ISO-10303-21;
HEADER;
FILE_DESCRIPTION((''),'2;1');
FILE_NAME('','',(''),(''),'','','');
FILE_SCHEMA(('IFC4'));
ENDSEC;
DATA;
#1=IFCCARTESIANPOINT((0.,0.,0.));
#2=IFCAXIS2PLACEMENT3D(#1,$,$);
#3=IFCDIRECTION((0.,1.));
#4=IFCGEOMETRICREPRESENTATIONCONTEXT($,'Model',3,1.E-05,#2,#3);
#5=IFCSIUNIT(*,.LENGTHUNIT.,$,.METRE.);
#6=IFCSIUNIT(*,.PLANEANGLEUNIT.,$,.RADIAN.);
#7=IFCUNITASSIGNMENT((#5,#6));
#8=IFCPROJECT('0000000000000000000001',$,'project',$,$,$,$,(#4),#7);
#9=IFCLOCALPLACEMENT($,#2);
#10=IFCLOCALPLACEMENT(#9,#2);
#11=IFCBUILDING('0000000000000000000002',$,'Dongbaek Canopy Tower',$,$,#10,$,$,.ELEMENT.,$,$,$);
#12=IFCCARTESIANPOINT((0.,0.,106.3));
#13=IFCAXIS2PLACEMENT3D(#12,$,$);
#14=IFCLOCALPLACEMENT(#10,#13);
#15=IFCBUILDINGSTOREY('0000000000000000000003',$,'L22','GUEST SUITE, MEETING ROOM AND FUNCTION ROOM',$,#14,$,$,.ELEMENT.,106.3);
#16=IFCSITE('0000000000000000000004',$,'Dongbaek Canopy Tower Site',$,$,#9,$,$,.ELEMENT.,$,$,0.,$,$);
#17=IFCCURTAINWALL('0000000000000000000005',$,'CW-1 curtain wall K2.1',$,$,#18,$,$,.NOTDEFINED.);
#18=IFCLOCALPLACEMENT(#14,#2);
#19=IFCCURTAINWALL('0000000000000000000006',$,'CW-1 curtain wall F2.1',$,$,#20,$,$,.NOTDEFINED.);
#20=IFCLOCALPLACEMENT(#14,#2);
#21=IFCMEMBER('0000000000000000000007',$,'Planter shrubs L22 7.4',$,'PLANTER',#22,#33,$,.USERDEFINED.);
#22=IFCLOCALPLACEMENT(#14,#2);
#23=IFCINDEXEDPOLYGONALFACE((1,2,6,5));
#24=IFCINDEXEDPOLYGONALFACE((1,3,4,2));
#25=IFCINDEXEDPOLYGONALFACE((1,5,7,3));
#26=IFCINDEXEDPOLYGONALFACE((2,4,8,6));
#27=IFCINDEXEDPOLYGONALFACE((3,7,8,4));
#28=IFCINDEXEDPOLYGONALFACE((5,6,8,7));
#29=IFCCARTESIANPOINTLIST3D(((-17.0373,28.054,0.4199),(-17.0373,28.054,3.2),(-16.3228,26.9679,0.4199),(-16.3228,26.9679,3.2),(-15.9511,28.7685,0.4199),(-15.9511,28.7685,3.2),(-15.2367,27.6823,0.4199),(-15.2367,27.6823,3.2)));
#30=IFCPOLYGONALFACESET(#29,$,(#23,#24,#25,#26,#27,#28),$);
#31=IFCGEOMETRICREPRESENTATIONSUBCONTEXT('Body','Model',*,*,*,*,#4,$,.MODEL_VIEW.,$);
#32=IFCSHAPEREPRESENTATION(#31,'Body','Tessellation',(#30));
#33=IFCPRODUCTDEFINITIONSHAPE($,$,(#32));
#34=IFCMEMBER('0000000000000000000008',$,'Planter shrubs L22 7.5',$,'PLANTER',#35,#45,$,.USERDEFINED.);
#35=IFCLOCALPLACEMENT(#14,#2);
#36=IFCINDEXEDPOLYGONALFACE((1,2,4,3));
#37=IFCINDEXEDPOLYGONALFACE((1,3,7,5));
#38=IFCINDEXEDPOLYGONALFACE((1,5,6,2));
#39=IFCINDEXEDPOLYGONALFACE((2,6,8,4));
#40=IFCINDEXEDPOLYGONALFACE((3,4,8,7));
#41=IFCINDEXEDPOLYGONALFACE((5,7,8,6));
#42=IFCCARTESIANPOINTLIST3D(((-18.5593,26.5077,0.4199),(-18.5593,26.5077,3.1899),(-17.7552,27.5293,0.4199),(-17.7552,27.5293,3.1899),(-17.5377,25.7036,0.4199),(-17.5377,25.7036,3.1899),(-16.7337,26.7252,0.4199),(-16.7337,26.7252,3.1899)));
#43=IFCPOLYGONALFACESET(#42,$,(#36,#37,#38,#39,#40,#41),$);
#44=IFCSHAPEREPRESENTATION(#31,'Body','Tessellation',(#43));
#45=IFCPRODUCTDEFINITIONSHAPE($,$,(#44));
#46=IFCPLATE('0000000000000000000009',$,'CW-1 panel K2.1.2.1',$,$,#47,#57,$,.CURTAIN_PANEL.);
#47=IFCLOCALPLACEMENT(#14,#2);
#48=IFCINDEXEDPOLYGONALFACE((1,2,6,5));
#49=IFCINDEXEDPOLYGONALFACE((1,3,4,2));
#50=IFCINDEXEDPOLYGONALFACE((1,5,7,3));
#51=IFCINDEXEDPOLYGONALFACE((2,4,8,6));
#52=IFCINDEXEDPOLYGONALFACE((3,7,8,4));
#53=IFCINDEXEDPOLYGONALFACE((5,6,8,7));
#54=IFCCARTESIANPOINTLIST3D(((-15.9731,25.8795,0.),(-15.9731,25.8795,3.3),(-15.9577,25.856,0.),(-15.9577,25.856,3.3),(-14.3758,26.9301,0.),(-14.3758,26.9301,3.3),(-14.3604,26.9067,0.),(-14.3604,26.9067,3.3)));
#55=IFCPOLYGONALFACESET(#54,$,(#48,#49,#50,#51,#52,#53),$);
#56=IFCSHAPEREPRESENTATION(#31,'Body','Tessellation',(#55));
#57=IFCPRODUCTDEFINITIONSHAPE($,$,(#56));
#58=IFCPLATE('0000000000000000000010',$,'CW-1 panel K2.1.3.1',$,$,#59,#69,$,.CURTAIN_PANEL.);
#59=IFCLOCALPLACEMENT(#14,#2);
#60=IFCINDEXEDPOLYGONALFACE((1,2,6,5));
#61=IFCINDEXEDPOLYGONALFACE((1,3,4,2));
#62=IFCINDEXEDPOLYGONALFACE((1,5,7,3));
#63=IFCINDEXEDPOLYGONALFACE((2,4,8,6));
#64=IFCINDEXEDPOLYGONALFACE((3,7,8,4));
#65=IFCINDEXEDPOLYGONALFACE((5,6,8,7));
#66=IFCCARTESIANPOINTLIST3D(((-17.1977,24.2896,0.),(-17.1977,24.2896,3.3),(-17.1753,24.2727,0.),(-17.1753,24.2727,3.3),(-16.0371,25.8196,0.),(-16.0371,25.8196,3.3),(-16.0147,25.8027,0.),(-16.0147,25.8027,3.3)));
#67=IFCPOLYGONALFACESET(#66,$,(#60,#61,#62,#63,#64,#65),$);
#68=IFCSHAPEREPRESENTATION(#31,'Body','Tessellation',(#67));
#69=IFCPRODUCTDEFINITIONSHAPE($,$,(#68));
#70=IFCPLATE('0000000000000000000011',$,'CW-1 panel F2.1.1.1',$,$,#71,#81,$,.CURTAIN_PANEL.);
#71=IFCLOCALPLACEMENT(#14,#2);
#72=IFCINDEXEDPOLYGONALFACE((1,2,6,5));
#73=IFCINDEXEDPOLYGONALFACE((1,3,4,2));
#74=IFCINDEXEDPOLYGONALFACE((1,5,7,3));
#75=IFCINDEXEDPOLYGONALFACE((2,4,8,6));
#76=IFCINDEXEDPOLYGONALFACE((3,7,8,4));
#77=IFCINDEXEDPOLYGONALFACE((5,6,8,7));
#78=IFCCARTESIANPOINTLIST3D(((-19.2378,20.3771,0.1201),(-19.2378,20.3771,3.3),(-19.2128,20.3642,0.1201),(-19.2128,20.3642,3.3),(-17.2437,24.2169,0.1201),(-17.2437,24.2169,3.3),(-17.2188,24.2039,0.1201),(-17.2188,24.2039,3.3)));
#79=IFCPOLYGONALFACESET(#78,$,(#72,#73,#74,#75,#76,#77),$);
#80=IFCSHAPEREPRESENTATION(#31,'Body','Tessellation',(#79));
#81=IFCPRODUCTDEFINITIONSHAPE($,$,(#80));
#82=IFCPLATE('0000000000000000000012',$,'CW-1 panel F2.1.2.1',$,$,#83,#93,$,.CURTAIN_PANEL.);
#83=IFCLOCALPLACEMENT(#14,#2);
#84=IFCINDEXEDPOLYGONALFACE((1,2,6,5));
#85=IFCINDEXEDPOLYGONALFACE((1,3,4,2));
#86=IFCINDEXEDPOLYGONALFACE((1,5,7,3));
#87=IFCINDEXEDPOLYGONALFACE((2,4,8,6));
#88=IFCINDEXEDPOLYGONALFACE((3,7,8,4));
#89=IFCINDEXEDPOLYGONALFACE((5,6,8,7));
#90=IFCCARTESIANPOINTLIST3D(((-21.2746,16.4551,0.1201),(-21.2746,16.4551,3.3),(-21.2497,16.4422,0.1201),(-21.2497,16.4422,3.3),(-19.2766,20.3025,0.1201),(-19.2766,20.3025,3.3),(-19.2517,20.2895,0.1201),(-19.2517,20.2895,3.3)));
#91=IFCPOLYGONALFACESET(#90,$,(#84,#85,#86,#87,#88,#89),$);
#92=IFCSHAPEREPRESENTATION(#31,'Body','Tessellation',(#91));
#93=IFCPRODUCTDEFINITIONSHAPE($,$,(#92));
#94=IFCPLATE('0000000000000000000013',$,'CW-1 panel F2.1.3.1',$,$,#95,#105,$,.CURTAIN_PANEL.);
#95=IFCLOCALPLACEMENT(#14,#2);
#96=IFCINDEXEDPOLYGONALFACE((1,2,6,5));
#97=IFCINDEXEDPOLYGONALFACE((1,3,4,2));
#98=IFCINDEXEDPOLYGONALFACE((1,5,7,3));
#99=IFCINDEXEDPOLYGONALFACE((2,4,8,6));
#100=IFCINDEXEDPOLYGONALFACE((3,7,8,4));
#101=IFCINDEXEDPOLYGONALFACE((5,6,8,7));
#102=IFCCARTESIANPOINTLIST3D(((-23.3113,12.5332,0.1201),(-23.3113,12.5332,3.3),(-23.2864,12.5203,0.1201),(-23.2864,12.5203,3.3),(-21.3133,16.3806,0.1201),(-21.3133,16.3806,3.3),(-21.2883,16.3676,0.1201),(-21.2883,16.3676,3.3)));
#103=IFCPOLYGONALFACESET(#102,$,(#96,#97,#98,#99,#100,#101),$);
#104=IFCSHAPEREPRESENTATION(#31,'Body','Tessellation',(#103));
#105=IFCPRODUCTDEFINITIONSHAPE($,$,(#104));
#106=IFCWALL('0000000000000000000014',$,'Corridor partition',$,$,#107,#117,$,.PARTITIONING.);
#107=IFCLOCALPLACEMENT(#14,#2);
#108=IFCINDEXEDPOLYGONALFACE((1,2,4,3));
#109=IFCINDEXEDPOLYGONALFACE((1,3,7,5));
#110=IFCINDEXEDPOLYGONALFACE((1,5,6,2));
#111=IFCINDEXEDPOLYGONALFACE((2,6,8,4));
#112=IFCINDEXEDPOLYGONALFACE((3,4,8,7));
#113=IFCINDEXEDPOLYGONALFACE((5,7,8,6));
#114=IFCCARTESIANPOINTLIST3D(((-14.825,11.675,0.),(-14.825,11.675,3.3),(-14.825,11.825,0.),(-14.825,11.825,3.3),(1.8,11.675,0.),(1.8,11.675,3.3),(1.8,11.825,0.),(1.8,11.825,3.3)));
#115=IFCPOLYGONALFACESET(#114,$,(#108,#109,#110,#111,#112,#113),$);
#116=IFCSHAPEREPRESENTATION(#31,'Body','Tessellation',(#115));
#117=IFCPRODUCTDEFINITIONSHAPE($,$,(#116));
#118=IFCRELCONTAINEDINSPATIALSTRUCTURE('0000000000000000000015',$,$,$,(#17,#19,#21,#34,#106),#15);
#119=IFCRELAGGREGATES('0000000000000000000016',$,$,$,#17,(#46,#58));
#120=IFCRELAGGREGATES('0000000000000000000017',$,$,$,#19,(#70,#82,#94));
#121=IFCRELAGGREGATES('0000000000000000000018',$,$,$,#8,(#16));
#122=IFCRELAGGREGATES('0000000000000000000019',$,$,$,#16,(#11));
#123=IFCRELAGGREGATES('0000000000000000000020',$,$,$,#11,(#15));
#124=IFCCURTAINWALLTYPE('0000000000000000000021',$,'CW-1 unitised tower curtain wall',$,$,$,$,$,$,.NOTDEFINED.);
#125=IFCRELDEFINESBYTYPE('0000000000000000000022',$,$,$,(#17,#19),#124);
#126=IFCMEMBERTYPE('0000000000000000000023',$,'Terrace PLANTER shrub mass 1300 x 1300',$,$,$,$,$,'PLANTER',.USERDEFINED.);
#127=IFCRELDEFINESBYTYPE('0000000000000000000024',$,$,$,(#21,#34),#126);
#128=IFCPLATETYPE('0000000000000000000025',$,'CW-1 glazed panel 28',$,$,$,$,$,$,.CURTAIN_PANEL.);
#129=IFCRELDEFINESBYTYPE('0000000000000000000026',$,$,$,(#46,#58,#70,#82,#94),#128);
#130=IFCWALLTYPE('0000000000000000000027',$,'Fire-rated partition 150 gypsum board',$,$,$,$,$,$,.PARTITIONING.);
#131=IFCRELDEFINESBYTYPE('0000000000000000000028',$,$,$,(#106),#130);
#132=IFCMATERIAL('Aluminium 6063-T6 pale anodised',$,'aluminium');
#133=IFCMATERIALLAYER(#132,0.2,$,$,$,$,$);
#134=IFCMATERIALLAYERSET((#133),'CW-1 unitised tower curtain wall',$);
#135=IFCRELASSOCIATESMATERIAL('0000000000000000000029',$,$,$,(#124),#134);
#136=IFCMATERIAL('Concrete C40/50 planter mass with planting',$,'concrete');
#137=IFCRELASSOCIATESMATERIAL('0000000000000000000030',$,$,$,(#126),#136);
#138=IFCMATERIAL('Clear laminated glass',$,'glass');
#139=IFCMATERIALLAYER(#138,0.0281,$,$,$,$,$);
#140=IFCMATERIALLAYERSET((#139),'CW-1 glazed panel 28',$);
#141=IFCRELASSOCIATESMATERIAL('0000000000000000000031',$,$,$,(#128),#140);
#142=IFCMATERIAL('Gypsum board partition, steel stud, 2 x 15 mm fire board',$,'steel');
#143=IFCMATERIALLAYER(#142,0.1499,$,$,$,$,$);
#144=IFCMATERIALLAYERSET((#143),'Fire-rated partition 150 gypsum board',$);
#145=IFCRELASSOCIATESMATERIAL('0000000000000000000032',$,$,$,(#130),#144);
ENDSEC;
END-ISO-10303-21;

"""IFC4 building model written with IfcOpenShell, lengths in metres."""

from ifc_helpers import new_model, si_unit, direction, frame, frame_2d, origin, origin_2d, place, context, subcontext, project, spatial, rectangle, extrude, material, layer, layer_set, material_profile, profile_set, type_object, element, aggregate, save


model = new_model("IFC4")

# Units and contexts
model_context = context("Model", 3, precision=1e-05, world=origin(), true_north=direction((0.0, 1.0)))
body_context = subcontext(model_context, "Body", "Model", "MODEL_VIEW")
ifc_project = project(units=[si_unit("LENGTHUNIT", "METRE"), si_unit("PLANEANGLEUNIT", "RADIAN")], contexts=[model_context])

# Site, building, storey
site_placement = place(None, origin())
site = spatial("IfcSite", under=ifc_project, at=site_placement, Name="Dongbaek Canopy Tower Site", CompositionType="ELEMENT", RefElevation=0.0)
building_placement = place(site_placement, origin())
building = spatial("IfcBuilding", under=site, at=building_placement, Name="Dongbaek Canopy Tower", CompositionType="ELEMENT")
storey_placement = place(building_placement, frame((0.0, 0.0, 106.3)))
storey = spatial("IfcBuildingStorey", under=building, at=storey_placement, Name="L22", Description="GUEST SUITE, MEETING ROOM AND FUNCTION ROOM", CompositionType="ELEMENT", Elevation=106.3)

# Curtain walls
ifc_material_1 = material(Name="Aluminium 6063-T6 pale anodised", Category="aluminium")
ifc_layer_1 = layer(ifc_material_1, 0.2)
ifc_layer_set_1 = layer_set([ifc_layer_1], Name="CW-1 unitised tower curtain wall")
curtain_wall_type = type_object("IfcCurtainWallType", Name="CW-1 unitised tower curtain wall", PredefinedType="NOTDEFINED", material=ifc_layer_set_1)
curtain_wall_1_placement = place(storey_placement, origin())
curtain_wall_1 = element("IfcCurtainWall", 1, at=curtain_wall_1_placement, inside=storey, type_object=curtain_wall_type, Name="CW-1 curtain wall K2.1", PredefinedType="NOTDEFINED")
curtain_wall_2_placement = place(storey_placement, origin())
curtain_wall_2 = element("IfcCurtainWall", 2, at=curtain_wall_2_placement, inside=storey, type_object=curtain_wall_type, Name="CW-1 curtain wall F2.1", PredefinedType="NOTDEFINED")

# Members
ifc_material_2 = material(Name="Concrete C40/50 planter mass with planting", Category="concrete")
ifc_material_profile_1 = material_profile(ifc_material_2, rectangle(XDim=1.3, YDim=1.3, at=origin_2d()), Name="Terrace PLANTER shrub mass 1300 x 1300")
ifc_profile_set_1 = profile_set([ifc_material_profile_1], Name="Concrete C40/50 planter mass with planting")
member_type_1 = type_object("IfcMemberType", Name="Terrace PLANTER shrub mass 1300 x 1300", ElementType="PLANTER", PredefinedType="USERDEFINED", material=ifc_profile_set_1)
member_1_placement = place(storey_placement, frame((-16.137, 27.8682, 0.4199), z_axis=(0.0, 0.0, 1.0), x_axis=(-0.549535, 0.835471, 0.0)))
element("IfcMember", 3, at=member_1_placement, inside=storey, type_object=member_type_1, Name="Planter shrubs L22 7.4", ObjectType="PLANTER", PredefinedType="USERDEFINED", context=body_context, shape_type="SweptSolid", body=[
    extrude(rectangle(XDim=1.3, YDim=1.3, at=origin_2d()), origin(), (0.0, 0.0, 1.0), 2.78),
])
member_2_placement = place(storey_placement, frame((-17.6465, 26.6165, 0.4199), z_axis=(0.0, 0.0, 1.0), x_axis=(-0.785794, 0.618489, 0.0)))
element("IfcMember", 4, at=member_2_placement, inside=storey, type_object=member_type_1, Name="Planter shrubs L22 7.5", ObjectType="PLANTER", PredefinedType="USERDEFINED", context=body_context, shape_type="SweptSolid", body=[
    extrude(rectangle(XDim=1.3, YDim=1.3, at=origin_2d()), origin(), (0.0, 0.0, 1.0), 2.77),
])

# Plates
ifc_material_3 = material(Name="Clear laminated glass", Category="glass")
ifc_layer_2 = layer(ifc_material_3, 0.0281)
ifc_layer_set_2 = layer_set([ifc_layer_2], Name="CW-1 glazed panel 28")
plate_type = type_object("IfcPlateType", Name="CW-1 glazed panel 28", PredefinedType="CURTAIN_PANEL", material=ifc_layer_set_2)
plate_1_placement = place(storey_placement, frame((-15.1667, 26.3931, 0.0), z_axis=(0.0, 0.0, 1.0), x_axis=(-0.835471, -0.549535, 0.0)))
plate_1 = element("IfcPlate", 5, at=plate_1_placement, type_object=plate_type, Name="CW-1 panel K2.1.2.1", PredefinedType="CURTAIN_PANEL", context=body_context, shape_type="SweptSolid", body=[
    extrude(rectangle(XDim=1.9119, YDim=0.0281, at=origin_2d()), origin(), (0.0, 0.0, 1.0), 3.3),
])
plate_2_placement = place(storey_placement, frame((-16.6062, 25.0461, 0.0), z_axis=(0.0, 0.0, 1.0), x_axis=(-0.60438, -0.796696, 0.0)))
plate_2 = element("IfcPlate", 6, at=plate_2_placement, type_object=plate_type, Name="CW-1 panel K2.1.3.1", PredefinedType="CURTAIN_PANEL", context=body_context, shape_type="SweptSolid", body=[
    extrude(rectangle(XDim=1.9204, YDim=0.0281, at=origin_2d()), origin(), (0.0, 0.0, 1.0), 3.3),
])
aggregate(curtain_wall_1, [plate_1, plate_2])
plate_3_placement = place(storey_placement, frame((-18.2283, 22.2905, 0.1201), z_axis=(0.0, 0.0, 1.0), x_axis=(-0.46088, -0.887463, 0.0)))
plate_3 = element("IfcPlate", 7, at=plate_3_placement, type_object=plate_type, Name="CW-1 panel F2.1.1.1", PredefinedType="CURTAIN_PANEL", context=body_context, shape_type="SweptSolid", body=[
    extrude(rectangle(XDim=4.3267, YDim=0.0281, at=origin_2d()), origin(), (0.0, 0.0, 1.0), 3.1799),
])
plate_4_placement = place(storey_placement, frame((-20.2632, 18.3723, 0.1201), z_axis=(0.0, 0.0, 1.0), x_axis=(-0.46088, -0.887463, 0.0)))
plate_4 = element("IfcPlate", 8, at=plate_4_placement, type_object=plate_type, Name="CW-1 panel F2.1.2.1", PredefinedType="CURTAIN_PANEL", context=body_context, shape_type="SweptSolid", body=[
    extrude(rectangle(XDim=4.3352, YDim=0.0281, at=origin_2d()), origin(), (0.0, 0.0, 1.0), 3.1799),
])
plate_5_placement = place(storey_placement, frame((-22.2998, 14.4504, 0.1201), z_axis=(0.0, 0.0, 1.0), x_axis=(-0.46088, -0.887463, 0.0)))
plate_5 = element("IfcPlate", 9, at=plate_5_placement, type_object=plate_type, Name="CW-1 panel F2.1.3.1", PredefinedType="CURTAIN_PANEL", context=body_context, shape_type="SweptSolid", body=[
    extrude(rectangle(XDim=4.3352, YDim=0.0281, at=origin_2d()), origin(), (0.0, 0.0, 1.0), 3.1799),
])

# Wall
ifc_material_4 = material(Name="Gypsum board partition, steel stud, 2 x 15 mm fire board", Category="steel")
ifc_layer_3 = layer(ifc_material_4, 0.1499)
ifc_layer_set_3 = layer_set([ifc_layer_3], Name="Fire-rated partition 150 gypsum board")
wall_type_1 = type_object("IfcWallType", Name="Fire-rated partition 150 gypsum board", PredefinedType="PARTITIONING", material=ifc_layer_set_3)
wall_1_placement = place(storey_placement, frame((-14.825, 11.75, 0.0), z_axis=(0.0, 0.0, 1.0), x_axis=(1.0, 0.0, 0.0)))
element("IfcWall", 10, at=wall_1_placement, inside=storey, type_object=wall_type_1, Name="Corridor partition", PredefinedType="PARTITIONING", context=body_context, shape_type="SweptSolid", body=[
    extrude(rectangle(XDim=16.625, YDim=0.1499, at=frame_2d((8.3125, 0.0))), origin(), (0.0, 0.0, 1.0), 3.3),
])

aggregate(curtain_wall_2, [plate_3, plate_4, plate_5])

save(model, "model.ifc")
